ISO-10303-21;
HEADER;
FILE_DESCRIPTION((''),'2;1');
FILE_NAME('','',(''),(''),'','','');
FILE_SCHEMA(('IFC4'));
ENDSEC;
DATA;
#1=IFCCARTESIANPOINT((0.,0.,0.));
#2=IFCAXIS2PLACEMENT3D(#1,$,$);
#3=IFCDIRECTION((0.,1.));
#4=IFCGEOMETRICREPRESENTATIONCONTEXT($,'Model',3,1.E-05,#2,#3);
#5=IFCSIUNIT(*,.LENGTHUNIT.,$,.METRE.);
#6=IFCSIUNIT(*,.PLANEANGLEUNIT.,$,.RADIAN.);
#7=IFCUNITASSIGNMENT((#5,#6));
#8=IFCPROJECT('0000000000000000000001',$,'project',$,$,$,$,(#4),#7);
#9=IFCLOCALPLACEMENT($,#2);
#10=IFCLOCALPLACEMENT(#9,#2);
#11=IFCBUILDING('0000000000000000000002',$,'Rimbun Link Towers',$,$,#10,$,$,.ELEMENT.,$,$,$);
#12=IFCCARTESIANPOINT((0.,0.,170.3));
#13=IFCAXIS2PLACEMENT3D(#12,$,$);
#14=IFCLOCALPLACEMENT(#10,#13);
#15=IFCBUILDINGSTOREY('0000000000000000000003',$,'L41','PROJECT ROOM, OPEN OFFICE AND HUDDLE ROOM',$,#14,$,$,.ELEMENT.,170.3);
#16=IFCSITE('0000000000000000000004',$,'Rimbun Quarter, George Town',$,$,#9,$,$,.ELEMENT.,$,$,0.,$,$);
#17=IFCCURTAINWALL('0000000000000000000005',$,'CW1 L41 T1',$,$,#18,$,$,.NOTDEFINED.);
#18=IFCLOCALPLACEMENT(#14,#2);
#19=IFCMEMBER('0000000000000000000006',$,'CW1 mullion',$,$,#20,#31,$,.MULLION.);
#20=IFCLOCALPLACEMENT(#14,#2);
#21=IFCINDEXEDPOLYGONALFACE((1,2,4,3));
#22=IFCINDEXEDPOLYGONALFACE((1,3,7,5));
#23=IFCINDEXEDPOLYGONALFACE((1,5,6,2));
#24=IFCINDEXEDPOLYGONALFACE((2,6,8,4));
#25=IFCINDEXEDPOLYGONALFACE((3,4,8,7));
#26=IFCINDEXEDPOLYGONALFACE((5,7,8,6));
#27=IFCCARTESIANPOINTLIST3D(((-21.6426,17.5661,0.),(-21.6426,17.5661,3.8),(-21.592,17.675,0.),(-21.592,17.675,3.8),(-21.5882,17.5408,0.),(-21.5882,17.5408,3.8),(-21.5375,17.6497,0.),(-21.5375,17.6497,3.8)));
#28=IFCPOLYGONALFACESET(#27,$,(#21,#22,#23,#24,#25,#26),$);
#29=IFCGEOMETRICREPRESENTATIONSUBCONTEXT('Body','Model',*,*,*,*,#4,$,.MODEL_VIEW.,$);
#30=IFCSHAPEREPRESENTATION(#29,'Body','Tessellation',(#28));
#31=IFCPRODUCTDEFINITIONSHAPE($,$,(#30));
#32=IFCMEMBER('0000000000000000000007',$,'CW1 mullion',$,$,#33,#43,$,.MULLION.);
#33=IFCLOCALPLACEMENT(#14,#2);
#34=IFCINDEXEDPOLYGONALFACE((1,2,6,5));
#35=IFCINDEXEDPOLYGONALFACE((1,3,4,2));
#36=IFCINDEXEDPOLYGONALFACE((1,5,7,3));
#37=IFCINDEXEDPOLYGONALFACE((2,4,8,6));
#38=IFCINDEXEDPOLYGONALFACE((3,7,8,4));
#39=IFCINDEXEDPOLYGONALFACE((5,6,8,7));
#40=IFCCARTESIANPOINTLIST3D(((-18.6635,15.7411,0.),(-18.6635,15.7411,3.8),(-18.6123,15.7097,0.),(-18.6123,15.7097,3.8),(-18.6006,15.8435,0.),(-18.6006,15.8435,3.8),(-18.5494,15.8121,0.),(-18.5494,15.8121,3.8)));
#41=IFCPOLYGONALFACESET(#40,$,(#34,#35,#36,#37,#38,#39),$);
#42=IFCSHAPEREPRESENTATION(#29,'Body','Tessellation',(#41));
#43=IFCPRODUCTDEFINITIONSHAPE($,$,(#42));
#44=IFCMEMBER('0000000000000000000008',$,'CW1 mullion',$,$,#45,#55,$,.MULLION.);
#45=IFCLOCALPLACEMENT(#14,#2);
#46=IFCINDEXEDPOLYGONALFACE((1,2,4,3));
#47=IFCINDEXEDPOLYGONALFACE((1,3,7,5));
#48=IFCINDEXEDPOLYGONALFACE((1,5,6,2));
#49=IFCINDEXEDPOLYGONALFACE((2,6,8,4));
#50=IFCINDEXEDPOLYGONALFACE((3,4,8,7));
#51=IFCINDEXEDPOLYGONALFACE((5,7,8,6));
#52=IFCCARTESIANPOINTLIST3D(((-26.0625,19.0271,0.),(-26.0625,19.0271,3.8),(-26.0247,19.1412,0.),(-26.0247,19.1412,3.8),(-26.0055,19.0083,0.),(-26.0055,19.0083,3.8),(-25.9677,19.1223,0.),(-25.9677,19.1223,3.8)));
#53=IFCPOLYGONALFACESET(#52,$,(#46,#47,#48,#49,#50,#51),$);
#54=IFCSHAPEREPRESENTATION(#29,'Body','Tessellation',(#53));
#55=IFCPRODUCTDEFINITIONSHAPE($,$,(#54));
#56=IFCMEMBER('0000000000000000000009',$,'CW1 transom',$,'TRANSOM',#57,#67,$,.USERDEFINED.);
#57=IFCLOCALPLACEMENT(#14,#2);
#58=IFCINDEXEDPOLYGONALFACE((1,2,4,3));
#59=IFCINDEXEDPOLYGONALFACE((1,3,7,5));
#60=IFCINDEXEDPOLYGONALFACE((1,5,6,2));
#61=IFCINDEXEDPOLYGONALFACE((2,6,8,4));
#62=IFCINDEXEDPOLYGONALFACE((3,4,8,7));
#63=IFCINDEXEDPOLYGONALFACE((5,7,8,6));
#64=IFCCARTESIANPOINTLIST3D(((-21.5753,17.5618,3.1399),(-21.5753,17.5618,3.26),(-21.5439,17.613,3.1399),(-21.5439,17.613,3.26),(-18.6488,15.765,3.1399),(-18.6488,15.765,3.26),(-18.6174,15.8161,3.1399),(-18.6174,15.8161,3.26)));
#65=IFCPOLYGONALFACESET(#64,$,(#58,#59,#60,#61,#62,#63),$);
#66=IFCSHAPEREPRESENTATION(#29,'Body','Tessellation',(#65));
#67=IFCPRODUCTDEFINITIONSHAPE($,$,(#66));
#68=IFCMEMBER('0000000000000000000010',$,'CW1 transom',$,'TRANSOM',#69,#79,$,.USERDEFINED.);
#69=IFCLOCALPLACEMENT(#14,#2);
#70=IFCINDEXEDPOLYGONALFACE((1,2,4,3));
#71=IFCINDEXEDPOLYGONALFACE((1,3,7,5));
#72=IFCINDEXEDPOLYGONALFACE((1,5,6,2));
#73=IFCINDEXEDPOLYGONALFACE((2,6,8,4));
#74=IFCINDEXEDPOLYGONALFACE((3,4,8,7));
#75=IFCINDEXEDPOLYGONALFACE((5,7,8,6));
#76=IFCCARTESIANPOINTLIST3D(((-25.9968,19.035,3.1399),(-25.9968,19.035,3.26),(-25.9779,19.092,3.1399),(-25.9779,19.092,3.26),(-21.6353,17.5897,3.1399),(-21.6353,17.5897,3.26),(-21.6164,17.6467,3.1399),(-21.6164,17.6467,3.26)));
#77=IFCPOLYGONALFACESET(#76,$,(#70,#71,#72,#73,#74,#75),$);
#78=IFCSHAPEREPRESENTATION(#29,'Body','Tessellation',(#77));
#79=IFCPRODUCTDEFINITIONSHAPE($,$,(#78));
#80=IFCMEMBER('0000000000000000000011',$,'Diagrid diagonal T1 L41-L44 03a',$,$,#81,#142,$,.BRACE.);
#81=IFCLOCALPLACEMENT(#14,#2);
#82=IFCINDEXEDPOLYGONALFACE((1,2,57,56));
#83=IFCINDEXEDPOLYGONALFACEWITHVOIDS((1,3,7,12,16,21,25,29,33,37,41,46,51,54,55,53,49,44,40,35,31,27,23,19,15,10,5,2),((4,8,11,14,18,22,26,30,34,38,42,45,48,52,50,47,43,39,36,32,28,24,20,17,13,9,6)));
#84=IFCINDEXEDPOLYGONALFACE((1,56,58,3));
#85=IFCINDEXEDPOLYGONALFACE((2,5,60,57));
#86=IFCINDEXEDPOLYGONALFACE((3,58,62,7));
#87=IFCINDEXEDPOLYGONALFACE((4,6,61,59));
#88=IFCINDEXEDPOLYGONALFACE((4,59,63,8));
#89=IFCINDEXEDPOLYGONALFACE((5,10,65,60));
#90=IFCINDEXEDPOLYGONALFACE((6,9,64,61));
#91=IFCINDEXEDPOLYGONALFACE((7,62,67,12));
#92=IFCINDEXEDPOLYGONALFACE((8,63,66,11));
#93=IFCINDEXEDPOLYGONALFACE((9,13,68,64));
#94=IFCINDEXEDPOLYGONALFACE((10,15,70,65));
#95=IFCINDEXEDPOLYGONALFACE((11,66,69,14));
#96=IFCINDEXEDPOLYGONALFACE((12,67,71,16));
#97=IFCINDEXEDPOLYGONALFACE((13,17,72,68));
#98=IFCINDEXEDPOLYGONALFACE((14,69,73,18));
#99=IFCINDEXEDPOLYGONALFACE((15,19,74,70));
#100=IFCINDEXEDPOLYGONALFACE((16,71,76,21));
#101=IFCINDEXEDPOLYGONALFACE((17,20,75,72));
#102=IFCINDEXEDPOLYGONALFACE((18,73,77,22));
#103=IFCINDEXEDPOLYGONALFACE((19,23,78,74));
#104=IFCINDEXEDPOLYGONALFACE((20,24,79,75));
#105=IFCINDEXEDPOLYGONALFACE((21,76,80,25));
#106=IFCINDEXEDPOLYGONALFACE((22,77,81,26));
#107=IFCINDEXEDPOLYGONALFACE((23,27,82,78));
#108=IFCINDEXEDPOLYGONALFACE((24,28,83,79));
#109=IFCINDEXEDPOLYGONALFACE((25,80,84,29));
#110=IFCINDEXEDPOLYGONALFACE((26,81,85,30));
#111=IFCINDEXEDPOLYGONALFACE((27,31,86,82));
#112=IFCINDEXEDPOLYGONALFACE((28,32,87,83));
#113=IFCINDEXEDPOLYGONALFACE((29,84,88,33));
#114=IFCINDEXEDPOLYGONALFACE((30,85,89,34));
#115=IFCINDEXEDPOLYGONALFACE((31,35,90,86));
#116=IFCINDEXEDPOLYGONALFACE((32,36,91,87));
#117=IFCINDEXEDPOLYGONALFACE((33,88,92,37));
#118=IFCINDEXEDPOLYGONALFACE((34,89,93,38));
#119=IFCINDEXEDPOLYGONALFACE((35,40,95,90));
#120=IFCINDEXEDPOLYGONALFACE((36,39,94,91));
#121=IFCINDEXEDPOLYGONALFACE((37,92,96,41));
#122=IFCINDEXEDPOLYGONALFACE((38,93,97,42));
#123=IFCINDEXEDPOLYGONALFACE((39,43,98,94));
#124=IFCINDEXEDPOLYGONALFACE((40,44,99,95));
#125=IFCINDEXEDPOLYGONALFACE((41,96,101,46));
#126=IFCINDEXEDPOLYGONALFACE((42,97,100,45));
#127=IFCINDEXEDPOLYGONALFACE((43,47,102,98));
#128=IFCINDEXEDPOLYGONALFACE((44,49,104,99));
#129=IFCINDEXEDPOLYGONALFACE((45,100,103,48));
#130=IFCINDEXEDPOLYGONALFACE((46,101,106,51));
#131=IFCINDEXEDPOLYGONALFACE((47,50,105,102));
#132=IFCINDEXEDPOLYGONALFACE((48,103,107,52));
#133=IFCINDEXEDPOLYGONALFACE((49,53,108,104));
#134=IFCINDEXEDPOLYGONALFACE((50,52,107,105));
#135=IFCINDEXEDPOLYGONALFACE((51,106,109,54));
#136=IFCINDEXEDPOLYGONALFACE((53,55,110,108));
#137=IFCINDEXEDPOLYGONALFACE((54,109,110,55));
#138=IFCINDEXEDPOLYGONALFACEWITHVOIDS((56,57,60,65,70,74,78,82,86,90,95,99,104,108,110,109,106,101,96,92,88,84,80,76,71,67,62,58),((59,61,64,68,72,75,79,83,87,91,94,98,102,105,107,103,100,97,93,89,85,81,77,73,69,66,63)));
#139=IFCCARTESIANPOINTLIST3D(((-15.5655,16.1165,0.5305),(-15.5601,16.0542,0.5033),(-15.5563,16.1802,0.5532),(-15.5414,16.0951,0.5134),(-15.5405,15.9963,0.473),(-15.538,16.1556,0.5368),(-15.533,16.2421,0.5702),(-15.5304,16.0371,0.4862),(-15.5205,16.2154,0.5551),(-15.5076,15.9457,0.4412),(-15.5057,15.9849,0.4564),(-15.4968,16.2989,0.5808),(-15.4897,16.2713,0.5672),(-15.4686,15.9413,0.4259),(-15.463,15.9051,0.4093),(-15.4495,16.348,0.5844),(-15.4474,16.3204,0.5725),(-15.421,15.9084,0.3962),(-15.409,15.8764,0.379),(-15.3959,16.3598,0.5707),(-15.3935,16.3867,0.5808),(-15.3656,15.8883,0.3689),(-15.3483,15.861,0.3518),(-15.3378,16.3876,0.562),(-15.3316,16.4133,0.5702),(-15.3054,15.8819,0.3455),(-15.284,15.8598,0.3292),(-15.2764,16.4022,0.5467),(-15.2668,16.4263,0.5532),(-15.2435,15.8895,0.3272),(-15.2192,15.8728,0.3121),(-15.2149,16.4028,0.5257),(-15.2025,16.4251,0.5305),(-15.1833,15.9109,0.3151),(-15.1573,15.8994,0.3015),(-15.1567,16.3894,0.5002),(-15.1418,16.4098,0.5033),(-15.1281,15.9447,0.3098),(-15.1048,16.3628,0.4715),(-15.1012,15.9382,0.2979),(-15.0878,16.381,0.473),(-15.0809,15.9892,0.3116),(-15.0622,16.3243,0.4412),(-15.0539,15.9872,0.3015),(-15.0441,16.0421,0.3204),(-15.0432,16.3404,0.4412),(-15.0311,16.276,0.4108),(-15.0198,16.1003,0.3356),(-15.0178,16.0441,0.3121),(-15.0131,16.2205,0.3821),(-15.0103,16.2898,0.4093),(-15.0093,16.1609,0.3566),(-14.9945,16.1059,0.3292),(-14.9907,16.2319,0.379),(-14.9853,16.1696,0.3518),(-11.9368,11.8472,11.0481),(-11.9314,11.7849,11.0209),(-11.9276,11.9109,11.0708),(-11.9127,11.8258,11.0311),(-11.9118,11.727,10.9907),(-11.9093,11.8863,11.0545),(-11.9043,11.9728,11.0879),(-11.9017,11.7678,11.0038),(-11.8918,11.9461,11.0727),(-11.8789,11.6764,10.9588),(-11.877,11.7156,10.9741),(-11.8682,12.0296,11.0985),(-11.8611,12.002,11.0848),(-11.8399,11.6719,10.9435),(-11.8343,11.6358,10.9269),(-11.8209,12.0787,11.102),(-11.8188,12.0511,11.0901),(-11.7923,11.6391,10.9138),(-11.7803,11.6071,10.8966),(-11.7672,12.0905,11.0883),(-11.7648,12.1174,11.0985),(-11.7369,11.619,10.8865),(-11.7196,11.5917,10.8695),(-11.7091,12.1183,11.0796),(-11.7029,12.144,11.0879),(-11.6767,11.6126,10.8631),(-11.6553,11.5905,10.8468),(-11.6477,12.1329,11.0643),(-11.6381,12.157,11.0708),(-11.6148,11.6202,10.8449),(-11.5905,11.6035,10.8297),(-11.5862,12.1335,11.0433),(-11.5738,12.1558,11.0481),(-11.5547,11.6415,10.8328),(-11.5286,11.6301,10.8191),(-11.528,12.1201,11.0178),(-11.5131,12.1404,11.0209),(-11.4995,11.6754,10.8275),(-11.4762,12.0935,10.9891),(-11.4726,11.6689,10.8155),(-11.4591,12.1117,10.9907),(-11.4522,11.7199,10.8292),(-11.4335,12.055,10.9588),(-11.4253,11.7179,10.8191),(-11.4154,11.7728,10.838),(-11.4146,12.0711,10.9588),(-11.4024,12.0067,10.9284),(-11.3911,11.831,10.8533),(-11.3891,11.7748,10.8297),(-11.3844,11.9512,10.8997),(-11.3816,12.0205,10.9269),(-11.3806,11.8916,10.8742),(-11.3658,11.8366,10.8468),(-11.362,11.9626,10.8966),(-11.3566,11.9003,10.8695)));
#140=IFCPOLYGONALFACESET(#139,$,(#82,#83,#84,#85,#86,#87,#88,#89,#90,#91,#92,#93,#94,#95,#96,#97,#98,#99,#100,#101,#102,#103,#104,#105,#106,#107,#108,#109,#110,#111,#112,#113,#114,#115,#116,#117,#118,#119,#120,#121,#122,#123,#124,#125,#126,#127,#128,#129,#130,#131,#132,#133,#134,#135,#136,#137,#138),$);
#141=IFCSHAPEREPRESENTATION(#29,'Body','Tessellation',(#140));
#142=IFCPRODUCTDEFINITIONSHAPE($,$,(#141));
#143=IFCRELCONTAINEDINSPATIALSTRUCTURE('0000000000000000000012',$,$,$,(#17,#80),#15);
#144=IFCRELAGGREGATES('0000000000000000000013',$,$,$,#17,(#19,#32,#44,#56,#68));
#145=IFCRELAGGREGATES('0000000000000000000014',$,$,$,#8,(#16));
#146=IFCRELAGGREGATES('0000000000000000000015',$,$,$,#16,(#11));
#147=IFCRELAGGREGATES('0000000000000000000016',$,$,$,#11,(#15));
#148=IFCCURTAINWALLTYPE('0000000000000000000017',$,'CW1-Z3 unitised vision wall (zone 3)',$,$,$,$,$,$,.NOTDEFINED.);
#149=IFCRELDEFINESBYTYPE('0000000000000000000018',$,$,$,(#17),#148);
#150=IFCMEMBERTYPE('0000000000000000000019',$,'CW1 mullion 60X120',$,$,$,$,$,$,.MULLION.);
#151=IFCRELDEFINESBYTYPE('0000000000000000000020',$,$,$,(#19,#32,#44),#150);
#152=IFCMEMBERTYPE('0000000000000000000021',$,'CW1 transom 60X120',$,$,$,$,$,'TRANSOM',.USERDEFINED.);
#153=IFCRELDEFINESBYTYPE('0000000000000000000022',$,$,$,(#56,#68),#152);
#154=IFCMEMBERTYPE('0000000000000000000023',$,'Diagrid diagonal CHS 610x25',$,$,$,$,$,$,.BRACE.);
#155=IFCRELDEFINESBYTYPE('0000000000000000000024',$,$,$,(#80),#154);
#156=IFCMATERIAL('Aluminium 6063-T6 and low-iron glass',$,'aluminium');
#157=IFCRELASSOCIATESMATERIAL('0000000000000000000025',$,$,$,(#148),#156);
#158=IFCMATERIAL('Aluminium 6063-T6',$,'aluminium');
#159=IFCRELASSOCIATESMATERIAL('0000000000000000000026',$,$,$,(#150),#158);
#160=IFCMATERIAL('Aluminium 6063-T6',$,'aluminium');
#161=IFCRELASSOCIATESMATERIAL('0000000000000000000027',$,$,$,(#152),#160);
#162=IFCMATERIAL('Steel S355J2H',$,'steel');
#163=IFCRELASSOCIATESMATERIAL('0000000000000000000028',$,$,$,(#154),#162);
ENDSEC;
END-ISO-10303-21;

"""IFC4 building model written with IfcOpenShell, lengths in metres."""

from ifc_helpers import new_model, si_unit, direction, frame, origin, origin_2d, place, context, subcontext, project, spatial, rectangle, hollow_circle, extrude, material, material_profile, profile_set, type_object, element, aggregate, save


model = new_model("IFC4")

# Units and contexts
model_context = context("Model", 3, precision=1e-05, world=origin(), true_north=direction((0.0, 1.0)))
body_context = subcontext(model_context, "Body", "Model", "MODEL_VIEW")
ifc_project = project(units=[si_unit("LENGTHUNIT", "METRE"), si_unit("PLANEANGLEUNIT", "RADIAN")], contexts=[model_context])

# Site, building, storey
site_placement = place(None, origin())
site = spatial("IfcSite", under=ifc_project, at=site_placement, Name="Rimbun Quarter, George Town", CompositionType="ELEMENT", RefElevation=0.0)
building_placement = place(site_placement, origin())
building = spatial("IfcBuilding", under=site, at=building_placement, Name="Rimbun Link Towers", CompositionType="ELEMENT")
storey_placement = place(building_placement, frame((0.0, 0.0, 170.3)))
storey = spatial("IfcBuildingStorey", under=building, at=storey_placement, Name="L41", Description="PROJECT ROOM, OPEN OFFICE AND HUDDLE ROOM", CompositionType="ELEMENT", Elevation=170.3)

# Curtain wall, members
ifc_material_1 = material(Name="Aluminium 6063-T6 and low-iron glass", Category="aluminium")
curtain_wall_type = type_object("IfcCurtainWallType", Name="CW1-Z3 unitised vision wall (zone 3)", PredefinedType="NOTDEFINED", material=ifc_material_1)
curtain_wall_placement = place(storey_placement, origin())
curtain_wall = element("IfcCurtainWall", 1, at=curtain_wall_placement, inside=storey, type_object=curtain_wall_type, Name="CW1 L41 T1", PredefinedType="NOTDEFINED")
ifc_material_2 = material(Name="Aluminium 6063-T6", Category="aluminium")
ifc_material_profile_1 = material_profile(ifc_material_2, rectangle(XDim=0.1201, YDim=0.0601, at=origin_2d()), Name="MULLION 60X120")
ifc_profile_set_1 = profile_set([ifc_material_profile_1], Name="Aluminium 6063-T6")
member_type_1 = type_object("IfcMemberType", Name="CW1 mullion 60X120", PredefinedType="MULLION", material=ifc_profile_set_1)
member_1_placement = place(storey_placement, frame((-21.5901, 17.6079, 0.0), z_axis=(0.0, 0.0, 1.0), x_axis=(0.421697, 0.906737, 0.0)))
member_1 = element("IfcMember", 2, at=member_1_placement, type_object=member_type_1, Name="CW1 mullion", PredefinedType="MULLION", context=body_context, shape_type="SweptSolid", body=[
    extrude(rectangle(XDim=0.1201, YDim=0.0601, at=origin_2d()), origin(), (0.0, 0.0, 1.0), 3.8),
])
member_2_placement = place(storey_placement, frame((-18.6064, 15.7766, 0.0), z_axis=(0.0, 0.0, 1.0), x_axis=(0.523231, 0.852191, 0.0)))
member_2 = element("IfcMember", 3, at=member_2_placement, type_object=member_type_1, Name="CW1 mullion", PredefinedType="MULLION", context=body_context, shape_type="SweptSolid", body=[
    extrude(rectangle(XDim=0.1201, YDim=0.0601, at=origin_2d()), origin(), (0.0, 0.0, 1.0), 3.8),
])
member_3_placement = place(storey_placement, frame((-26.0151, 19.0747, 0.0), z_axis=(0.0, 0.0, 1.0), x_axis=(0.31456, 0.949237, 0.0)))
member_3 = element("IfcMember", 4, at=member_3_placement, type_object=member_type_1, Name="CW1 mullion", PredefinedType="MULLION", context=body_context, shape_type="SweptSolid", body=[
    extrude(rectangle(XDim=0.1201, YDim=0.0601, at=origin_2d()), origin(), (0.0, 0.0, 1.0), 3.8),
])
ifc_material_3 = material(Name="Aluminium 6063-T6", Category="aluminium")
ifc_material_profile_2 = material_profile(ifc_material_3, rectangle(XDim=0.0601, YDim=0.1201, at=origin_2d()), Name="TRANSOM 60X120")
ifc_profile_set_2 = profile_set([ifc_material_profile_2], Name="Aluminium 6063-T6")
member_type_2 = type_object("IfcMemberType", Name="CW1 transom 60X120", ElementType="TRANSOM", PredefinedType="USERDEFINED", material=ifc_profile_set_2)
member_4_placement = place(storey_placement, frame((-21.5596, 17.5874, 3.2), z_axis=(0.852185, -0.52324, 0.0), x_axis=(0.52324, 0.852185, 0.0)))
member_4 = element("IfcMember", 5, at=member_4_placement, type_object=member_type_2, Name="CW1 transom", ObjectType="TRANSOM", PredefinedType="USERDEFINED", context=body_context, shape_type="SweptSolid", body=[
    extrude(rectangle(XDim=0.0601, YDim=0.1201, at=origin_2d()), origin(), (0.0, 0.0, 1.0), 3.4341),
])
member_5_placement = place(storey_placement, frame((-25.9873, 19.0635, 3.2), z_axis=(0.94924, -0.314554, 0.0), x_axis=(0.314554, 0.94924, 0.0)))
member_5 = element("IfcMember", 6, at=member_5_placement, type_object=member_type_2, Name="CW1 transom", ObjectType="TRANSOM", PredefinedType="USERDEFINED", context=body_context, shape_type="SweptSolid", body=[
    extrude(rectangle(XDim=0.0601, YDim=0.1201, at=origin_2d()), origin(), (0.0, 0.0, 1.0), 4.5947),
])

# Member
ifc_material_4 = material(Name="Steel S355J2H", Category="steel")
ifc_material_profile_3 = material_profile(ifc_material_4, hollow_circle(Radius=0.3047, WallThickness=0.0249, at=origin_2d()), Name="Diagrid diagonal CHS 610x25")
ifc_profile_set_3 = profile_set([ifc_material_profile_3], Name="Steel S355J2H")
member_type_3 = type_object("IfcMemberType", Name="Diagrid diagonal CHS 610x25", PredefinedType="BRACE", material=ifc_profile_set_3)
member_6_placement = place(storey_placement, frame((-15.2754, 16.1431, 0.4412), z_axis=(0.304496, -0.358254, 0.882574), x_axis=(0.76196, 0.647624, 0.0)))
element("IfcMember", 7, at=member_6_placement, inside=storey, type_object=member_type_3, Name="Diagrid diagonal T1 L41-L44 03a", PredefinedType="BRACE", context=body_context, shape_type="SweptSolid", body=[
    extrude(hollow_circle(Radius=0.3047, WallThickness=0.0249, at=origin_2d()), origin(), (0.0, 0.0, 1.0), 11.917),
])

aggregate(curtain_wall, [member_1, member_2, member_3, member_4, member_5])

save(model, "model.ifc")
